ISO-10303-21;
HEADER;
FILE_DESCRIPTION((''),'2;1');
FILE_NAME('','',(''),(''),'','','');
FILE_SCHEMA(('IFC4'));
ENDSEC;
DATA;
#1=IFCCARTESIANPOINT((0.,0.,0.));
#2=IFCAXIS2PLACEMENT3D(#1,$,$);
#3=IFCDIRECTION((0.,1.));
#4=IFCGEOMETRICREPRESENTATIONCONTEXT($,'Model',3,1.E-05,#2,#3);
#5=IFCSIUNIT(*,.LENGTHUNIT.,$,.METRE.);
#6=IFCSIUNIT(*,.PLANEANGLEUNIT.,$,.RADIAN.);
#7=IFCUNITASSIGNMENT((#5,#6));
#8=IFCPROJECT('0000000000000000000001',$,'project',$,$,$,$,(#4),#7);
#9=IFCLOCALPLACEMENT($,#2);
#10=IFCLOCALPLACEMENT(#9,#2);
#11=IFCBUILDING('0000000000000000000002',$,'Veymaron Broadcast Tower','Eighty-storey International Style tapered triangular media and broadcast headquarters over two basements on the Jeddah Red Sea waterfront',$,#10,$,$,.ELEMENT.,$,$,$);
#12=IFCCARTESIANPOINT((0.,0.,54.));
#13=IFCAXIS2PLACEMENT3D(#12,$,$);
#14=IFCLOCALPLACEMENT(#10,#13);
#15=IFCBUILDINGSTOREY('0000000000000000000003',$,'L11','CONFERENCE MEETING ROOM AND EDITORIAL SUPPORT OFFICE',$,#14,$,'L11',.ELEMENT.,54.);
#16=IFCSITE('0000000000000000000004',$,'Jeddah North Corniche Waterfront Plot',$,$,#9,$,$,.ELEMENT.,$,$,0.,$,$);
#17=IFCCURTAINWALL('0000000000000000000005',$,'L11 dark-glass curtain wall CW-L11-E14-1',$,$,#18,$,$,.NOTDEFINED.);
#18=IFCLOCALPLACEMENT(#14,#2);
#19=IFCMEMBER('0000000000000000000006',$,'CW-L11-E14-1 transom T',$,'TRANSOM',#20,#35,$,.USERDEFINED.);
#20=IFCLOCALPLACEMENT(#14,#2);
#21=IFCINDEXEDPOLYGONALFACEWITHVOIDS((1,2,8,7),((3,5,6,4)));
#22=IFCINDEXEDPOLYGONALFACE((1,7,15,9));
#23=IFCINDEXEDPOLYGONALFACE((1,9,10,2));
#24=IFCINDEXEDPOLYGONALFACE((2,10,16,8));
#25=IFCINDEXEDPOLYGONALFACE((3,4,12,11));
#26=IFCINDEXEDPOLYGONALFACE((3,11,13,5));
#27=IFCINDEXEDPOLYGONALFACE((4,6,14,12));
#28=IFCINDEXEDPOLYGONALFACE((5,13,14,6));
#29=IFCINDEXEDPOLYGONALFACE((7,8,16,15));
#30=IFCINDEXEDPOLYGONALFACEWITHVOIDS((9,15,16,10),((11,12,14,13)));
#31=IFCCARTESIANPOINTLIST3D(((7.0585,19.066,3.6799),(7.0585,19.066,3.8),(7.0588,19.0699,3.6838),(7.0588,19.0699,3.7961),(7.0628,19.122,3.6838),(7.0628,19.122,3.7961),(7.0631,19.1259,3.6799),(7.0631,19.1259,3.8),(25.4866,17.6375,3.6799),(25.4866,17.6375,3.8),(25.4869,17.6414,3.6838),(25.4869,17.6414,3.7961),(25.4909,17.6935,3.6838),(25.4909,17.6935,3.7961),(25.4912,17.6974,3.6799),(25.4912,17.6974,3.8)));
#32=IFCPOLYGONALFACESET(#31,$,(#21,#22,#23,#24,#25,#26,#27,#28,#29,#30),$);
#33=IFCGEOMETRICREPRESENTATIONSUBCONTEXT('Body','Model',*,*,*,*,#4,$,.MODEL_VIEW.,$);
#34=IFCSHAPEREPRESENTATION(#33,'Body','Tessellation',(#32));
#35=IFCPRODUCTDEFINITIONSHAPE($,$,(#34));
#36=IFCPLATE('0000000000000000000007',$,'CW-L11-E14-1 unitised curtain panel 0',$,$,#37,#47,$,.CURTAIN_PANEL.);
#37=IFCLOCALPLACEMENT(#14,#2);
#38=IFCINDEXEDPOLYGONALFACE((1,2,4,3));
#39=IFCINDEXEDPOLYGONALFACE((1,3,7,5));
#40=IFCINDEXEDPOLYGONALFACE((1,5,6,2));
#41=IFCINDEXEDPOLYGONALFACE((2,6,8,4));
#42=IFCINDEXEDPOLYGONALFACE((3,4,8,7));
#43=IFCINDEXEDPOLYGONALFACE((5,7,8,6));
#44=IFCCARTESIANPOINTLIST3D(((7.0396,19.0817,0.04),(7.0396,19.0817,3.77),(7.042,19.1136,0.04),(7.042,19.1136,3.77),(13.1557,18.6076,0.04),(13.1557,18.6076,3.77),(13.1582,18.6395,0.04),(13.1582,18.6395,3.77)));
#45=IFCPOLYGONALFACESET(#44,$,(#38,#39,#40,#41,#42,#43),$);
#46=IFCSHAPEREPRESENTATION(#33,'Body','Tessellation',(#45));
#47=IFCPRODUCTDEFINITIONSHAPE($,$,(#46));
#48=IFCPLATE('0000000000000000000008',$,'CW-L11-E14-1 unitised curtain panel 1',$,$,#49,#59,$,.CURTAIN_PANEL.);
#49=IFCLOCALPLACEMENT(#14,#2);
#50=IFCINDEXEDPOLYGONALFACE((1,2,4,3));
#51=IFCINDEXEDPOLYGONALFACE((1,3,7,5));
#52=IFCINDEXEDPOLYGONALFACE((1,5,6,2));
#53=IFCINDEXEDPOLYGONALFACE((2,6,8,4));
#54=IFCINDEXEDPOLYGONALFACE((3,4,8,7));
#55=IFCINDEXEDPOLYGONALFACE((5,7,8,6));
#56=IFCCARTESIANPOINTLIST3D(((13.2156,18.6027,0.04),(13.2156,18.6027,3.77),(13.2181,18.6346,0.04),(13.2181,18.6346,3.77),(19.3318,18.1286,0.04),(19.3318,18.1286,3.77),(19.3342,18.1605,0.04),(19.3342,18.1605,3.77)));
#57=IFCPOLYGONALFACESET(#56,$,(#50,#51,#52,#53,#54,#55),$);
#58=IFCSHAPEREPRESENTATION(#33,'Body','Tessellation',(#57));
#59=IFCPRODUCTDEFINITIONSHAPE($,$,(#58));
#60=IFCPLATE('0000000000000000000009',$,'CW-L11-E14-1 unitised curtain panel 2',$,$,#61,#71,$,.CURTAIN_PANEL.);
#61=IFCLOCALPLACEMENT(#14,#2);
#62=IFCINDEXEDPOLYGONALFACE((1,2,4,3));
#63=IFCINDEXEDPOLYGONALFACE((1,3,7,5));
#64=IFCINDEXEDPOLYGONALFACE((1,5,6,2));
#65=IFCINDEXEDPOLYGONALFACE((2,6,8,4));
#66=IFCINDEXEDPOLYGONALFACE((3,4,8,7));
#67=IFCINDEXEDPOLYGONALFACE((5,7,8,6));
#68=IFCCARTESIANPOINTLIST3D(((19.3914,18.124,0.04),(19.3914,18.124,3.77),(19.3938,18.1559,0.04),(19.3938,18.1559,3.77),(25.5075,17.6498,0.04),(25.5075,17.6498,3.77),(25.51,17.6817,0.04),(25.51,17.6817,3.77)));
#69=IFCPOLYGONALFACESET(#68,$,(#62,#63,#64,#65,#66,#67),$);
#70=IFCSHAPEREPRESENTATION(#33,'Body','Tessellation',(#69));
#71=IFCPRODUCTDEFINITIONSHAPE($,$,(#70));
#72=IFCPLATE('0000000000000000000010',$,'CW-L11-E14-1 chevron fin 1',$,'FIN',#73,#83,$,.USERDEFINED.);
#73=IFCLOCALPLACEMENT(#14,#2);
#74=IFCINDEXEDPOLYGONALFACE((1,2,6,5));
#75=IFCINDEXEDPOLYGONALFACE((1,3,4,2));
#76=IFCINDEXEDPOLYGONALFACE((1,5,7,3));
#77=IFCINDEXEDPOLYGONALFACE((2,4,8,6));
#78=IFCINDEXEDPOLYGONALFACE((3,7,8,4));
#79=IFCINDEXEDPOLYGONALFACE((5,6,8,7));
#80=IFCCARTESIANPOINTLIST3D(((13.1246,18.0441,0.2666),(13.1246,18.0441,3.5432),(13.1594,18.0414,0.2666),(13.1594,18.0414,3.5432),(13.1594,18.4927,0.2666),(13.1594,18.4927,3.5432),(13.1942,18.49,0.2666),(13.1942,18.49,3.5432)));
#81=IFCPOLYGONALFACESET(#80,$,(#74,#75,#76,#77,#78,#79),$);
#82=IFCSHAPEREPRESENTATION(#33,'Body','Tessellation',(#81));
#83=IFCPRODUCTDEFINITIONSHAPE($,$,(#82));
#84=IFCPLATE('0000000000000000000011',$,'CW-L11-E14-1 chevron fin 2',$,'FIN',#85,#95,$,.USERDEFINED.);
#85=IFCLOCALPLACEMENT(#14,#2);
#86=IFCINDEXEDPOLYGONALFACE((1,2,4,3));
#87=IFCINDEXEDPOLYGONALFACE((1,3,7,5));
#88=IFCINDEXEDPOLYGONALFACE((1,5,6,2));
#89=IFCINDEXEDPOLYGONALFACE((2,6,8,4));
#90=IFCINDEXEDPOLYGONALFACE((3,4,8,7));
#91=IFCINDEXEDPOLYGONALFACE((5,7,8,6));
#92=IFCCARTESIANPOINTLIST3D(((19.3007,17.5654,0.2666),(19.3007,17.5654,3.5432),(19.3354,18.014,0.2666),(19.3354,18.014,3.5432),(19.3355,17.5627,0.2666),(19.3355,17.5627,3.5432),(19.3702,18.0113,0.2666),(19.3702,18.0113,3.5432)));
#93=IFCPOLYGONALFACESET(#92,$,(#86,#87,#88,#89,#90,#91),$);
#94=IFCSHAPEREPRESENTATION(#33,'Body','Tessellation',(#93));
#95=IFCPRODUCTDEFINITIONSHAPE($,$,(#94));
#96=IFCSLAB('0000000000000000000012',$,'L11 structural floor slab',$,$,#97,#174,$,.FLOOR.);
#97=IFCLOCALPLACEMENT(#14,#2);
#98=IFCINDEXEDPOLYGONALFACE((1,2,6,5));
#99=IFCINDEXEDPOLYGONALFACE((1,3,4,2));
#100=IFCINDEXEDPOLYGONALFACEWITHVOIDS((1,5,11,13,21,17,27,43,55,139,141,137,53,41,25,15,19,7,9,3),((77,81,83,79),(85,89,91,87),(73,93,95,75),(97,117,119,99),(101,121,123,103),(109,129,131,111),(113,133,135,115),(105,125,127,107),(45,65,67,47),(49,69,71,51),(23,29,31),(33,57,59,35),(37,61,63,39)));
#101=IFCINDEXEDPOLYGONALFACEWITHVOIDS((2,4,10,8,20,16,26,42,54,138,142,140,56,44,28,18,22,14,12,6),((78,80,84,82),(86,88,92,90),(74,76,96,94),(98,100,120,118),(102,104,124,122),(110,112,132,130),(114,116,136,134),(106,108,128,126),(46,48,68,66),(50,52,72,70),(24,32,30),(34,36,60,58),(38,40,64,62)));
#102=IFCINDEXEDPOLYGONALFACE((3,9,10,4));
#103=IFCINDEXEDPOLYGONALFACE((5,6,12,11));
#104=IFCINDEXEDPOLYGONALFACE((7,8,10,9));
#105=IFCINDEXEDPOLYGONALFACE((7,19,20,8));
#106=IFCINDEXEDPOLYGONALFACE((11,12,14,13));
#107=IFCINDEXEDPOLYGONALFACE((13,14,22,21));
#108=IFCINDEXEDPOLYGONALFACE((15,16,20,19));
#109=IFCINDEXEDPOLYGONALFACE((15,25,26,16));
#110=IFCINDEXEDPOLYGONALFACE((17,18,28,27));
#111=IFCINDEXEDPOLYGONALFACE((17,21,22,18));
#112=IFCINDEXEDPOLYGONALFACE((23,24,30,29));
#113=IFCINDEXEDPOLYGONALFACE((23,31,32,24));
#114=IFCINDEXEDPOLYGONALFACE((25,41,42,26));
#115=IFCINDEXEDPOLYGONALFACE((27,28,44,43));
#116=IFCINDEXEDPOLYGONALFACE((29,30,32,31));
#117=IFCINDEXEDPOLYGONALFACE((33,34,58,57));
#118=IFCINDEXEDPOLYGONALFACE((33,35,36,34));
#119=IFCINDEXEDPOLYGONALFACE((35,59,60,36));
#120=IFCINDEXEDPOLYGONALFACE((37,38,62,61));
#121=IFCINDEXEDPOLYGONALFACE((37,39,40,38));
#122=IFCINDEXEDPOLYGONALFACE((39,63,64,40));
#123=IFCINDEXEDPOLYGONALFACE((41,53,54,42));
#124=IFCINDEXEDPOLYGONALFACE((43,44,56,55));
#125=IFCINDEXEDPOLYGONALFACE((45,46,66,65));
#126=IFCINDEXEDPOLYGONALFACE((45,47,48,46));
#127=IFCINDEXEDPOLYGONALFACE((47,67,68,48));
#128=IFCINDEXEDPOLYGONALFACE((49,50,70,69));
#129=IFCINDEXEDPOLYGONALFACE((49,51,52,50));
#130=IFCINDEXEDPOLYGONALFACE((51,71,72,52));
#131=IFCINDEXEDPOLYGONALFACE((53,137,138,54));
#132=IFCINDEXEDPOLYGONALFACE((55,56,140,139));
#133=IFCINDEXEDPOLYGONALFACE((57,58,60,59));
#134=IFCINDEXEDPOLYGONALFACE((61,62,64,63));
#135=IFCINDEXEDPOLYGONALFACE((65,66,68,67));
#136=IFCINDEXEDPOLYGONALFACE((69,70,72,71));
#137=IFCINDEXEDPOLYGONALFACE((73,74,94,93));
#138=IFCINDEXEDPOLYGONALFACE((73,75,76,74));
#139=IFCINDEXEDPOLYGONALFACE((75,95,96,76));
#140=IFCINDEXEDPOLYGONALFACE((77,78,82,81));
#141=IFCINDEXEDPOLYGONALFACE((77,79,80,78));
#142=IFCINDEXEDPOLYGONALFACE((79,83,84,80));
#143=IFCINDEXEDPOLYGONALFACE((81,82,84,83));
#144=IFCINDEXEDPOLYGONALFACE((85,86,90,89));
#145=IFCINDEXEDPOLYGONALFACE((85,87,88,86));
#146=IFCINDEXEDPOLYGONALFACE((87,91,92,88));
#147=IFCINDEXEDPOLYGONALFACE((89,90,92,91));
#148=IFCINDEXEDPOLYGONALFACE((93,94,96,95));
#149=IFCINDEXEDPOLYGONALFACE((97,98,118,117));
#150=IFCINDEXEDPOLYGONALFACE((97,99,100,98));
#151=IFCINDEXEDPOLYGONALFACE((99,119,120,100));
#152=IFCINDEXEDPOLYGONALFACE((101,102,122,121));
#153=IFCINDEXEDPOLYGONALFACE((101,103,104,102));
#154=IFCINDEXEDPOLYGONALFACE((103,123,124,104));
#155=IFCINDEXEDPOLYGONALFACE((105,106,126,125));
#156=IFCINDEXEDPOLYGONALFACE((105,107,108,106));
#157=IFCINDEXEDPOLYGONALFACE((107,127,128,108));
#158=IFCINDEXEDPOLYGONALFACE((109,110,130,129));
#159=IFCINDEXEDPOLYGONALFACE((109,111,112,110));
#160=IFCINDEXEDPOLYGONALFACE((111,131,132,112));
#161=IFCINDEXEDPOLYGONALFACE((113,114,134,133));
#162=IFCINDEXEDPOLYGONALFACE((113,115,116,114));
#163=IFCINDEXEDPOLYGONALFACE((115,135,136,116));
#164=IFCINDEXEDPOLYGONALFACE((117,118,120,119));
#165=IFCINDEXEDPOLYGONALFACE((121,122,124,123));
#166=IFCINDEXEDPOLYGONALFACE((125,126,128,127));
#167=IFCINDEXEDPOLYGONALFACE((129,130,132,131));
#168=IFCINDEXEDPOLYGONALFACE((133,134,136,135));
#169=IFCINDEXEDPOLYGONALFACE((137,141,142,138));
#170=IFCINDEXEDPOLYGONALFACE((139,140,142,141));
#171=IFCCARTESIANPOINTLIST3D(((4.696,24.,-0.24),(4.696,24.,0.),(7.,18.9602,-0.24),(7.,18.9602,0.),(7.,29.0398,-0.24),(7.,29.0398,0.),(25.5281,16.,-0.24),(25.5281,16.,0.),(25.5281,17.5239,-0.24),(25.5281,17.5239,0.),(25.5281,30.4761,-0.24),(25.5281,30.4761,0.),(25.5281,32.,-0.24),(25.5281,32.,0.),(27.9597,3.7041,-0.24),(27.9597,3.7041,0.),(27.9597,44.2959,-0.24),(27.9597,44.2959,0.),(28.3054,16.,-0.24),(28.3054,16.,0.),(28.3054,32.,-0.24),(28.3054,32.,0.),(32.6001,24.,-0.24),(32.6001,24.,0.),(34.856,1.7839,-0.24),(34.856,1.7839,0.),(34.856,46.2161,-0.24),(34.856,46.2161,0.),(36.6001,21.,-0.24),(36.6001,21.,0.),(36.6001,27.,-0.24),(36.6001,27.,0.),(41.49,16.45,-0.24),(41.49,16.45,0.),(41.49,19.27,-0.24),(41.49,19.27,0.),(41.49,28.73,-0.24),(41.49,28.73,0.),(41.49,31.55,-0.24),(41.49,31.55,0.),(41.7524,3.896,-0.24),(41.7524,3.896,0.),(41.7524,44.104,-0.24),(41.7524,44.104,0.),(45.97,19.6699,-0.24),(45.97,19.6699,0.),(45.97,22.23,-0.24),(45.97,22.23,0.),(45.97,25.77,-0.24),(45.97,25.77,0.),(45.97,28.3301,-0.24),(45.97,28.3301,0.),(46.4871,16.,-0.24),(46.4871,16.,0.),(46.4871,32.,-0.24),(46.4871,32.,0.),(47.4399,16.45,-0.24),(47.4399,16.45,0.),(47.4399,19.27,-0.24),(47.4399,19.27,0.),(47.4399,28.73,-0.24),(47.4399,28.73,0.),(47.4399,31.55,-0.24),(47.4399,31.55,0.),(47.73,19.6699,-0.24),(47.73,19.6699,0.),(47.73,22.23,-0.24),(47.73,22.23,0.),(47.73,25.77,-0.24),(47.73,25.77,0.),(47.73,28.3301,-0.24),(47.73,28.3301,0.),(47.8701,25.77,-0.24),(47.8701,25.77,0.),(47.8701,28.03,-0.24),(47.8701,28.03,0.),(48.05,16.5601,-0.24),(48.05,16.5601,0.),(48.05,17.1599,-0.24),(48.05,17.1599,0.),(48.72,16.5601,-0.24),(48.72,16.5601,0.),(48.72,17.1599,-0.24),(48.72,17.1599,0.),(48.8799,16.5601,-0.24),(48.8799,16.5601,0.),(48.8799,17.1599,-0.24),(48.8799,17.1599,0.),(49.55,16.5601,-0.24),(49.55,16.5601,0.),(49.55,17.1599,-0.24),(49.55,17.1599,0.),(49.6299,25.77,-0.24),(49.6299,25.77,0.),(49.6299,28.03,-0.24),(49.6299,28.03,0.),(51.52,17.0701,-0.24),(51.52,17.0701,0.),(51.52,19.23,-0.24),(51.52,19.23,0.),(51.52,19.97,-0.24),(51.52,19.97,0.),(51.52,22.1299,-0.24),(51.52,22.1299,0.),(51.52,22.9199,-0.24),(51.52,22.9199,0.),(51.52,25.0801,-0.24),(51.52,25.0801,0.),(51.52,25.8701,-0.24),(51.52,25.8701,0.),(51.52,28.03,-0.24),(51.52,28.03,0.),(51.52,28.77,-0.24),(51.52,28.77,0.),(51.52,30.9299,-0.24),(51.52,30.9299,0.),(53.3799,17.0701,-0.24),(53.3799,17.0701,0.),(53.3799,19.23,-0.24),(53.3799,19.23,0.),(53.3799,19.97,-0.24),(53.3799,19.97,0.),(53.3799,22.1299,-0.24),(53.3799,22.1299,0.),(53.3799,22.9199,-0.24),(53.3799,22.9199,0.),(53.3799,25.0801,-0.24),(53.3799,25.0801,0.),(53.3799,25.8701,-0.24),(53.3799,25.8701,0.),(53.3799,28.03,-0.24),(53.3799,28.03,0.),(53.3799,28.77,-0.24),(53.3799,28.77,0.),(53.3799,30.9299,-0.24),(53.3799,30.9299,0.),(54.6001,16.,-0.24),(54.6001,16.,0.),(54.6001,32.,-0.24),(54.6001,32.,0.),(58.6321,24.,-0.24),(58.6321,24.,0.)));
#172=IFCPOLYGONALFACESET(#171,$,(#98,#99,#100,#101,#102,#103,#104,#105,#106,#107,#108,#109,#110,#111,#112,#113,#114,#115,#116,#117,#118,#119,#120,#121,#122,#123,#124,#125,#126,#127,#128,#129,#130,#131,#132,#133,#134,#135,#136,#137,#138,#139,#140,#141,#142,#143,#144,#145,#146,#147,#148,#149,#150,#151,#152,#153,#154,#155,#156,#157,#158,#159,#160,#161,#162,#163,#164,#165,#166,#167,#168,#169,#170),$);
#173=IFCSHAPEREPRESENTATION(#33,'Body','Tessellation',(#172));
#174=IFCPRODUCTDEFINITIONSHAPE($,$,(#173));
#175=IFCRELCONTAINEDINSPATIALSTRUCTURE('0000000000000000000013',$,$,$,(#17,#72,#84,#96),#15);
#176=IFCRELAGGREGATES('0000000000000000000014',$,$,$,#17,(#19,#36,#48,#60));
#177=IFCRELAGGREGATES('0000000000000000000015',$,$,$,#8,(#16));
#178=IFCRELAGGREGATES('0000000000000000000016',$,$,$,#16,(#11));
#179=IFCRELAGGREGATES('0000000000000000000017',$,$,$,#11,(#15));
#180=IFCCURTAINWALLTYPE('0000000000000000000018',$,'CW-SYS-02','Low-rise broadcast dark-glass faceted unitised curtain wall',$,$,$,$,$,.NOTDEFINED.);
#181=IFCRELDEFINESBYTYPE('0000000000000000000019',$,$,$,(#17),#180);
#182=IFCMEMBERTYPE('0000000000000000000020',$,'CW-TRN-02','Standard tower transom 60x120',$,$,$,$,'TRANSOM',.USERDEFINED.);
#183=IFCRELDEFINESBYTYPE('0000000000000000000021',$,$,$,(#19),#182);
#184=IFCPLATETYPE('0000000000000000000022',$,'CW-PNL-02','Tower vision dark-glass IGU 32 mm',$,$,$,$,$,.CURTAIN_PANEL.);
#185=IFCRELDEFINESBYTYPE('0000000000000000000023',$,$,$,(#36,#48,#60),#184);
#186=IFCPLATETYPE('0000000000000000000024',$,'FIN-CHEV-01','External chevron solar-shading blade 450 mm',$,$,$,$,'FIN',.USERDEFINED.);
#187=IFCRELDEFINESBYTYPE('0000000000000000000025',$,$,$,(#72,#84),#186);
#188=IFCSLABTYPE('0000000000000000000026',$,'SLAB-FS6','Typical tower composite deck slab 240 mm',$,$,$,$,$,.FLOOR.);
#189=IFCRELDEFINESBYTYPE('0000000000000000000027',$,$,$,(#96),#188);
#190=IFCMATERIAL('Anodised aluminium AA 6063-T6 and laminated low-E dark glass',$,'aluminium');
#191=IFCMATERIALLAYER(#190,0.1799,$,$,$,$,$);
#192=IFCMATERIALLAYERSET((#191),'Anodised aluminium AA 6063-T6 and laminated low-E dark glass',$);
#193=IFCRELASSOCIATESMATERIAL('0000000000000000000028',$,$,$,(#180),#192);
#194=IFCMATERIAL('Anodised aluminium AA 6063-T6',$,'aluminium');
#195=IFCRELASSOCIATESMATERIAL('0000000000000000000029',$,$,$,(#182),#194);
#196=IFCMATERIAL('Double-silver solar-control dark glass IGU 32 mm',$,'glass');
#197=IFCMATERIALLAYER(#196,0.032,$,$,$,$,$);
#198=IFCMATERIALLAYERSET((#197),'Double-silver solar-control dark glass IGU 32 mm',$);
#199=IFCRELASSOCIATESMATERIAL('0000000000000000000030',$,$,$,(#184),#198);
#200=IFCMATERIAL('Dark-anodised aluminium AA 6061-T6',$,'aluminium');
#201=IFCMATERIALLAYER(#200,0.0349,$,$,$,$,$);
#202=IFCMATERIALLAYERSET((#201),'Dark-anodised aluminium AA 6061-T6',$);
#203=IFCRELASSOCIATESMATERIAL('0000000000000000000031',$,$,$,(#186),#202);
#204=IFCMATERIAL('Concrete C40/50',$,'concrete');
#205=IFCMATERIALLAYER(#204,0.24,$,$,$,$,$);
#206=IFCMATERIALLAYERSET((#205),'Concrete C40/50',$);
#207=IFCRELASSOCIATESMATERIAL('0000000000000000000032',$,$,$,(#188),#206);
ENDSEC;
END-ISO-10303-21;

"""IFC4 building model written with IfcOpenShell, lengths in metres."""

from ifc_helpers import new_model, si_unit, direction, frame, origin, origin_2d, place, context, subcontext, project, spatial, polyline, rectangle, hollow_rectangle, outline, extrude, material, layer, layer_set, material_profile, profile_set, type_object, element, aggregate, save


model = new_model("IFC4")

# Units and contexts
model_context = context("Model", 3, precision=1e-05, world=origin(), true_north=direction((0.0, 1.0)))
body_context = subcontext(model_context, "Body", "Model", "MODEL_VIEW")
ifc_project = project(units=[si_unit("LENGTHUNIT", "METRE"), si_unit("PLANEANGLEUNIT", "RADIAN")], contexts=[model_context])

# Site, building, storey
site_placement = place(None, origin())
site = spatial("IfcSite", under=ifc_project, at=site_placement, Name="Jeddah North Corniche Waterfront Plot", CompositionType="ELEMENT", RefElevation=0.0)
building_placement = place(site_placement, origin())
building = spatial("IfcBuilding", under=site, at=building_placement, Name="Veymaron Broadcast Tower", Description="Eighty-storey International Style tapered triangular media and broadcast headquarters over two basements on the Jeddah Red Sea waterfront", CompositionType="ELEMENT")
storey_placement = place(building_placement, frame((0.0, 0.0, 54.0)))
storey = spatial("IfcBuildingStorey", under=building, at=storey_placement, Name="L11", Description="CONFERENCE MEETING ROOM AND EDITORIAL SUPPORT OFFICE", LongName="L11", CompositionType="ELEMENT", Elevation=54.0)

# Curtain wall, member, plates
ifc_material_1 = material(Name="Anodised aluminium AA 6063-T6 and laminated low-E dark glass", Category="aluminium")
ifc_layer_1 = layer(ifc_material_1, 0.1799)
ifc_layer_set_1 = layer_set([ifc_layer_1], Name="Anodised aluminium AA 6063-T6 and laminated low-E dark glass")
curtain_wall_type = type_object("IfcCurtainWallType", Name="CW-SYS-02", Description="Low-rise broadcast dark-glass faceted unitised curtain wall", PredefinedType="NOTDEFINED", material=ifc_layer_set_1)
curtain_wall_placement = place(storey_placement, origin())
curtain_wall = element("IfcCurtainWall", 1, at=curtain_wall_placement, inside=storey, type_object=curtain_wall_type, Name="L11 dark-glass curtain wall CW-L11-E14-1", PredefinedType="NOTDEFINED")
ifc_material_2 = material(Name="Anodised aluminium AA 6063-T6", Category="aluminium")
ifc_material_profile_1 = material_profile(ifc_material_2, hollow_rectangle(XDim=0.0601, YDim=0.1201, WallThickness=0.0039, at=origin_2d()), Name="AL120X60X4")
ifc_profile_set_1 = profile_set([ifc_material_profile_1], Name="Anodised aluminium AA 6063-T6")
member_type_1 = type_object("IfcMemberType", Name="CW-TRN-02", Description="Standard tower transom 60x120", ElementType="TRANSOM", PredefinedType="USERDEFINED", material=ifc_profile_set_1)
member_1_placement = place(storey_placement, frame((7.0608, 19.0959, 3.74), z_axis=(0.997009, -0.077283, 0.0), x_axis=(0.077283, 0.997009, 0.0)))
member_1 = element("IfcMember", 2, at=member_1_placement, type_object=member_type_1, Name="CW-L11-E14-1 transom T", ObjectType="TRANSOM", PredefinedType="USERDEFINED", context=body_context, shape_type="SweptSolid", body=[
    extrude(hollow_rectangle(XDim=0.0601, YDim=0.1201, WallThickness=0.0039, at=origin_2d()), origin(), (0.0, 0.0, 1.0), 18.4834),
])
ifc_material_3 = material(Name="Double-silver solar-control dark glass IGU 32 mm", Category="glass")
ifc_layer_2 = layer(ifc_material_3, 0.032)
ifc_layer_set_2 = layer_set([ifc_layer_2], Name="Double-silver solar-control dark glass IGU 32 mm")
plate_type_1 = type_object("IfcPlateType", Name="CW-PNL-02", Description="Tower vision dark-glass IGU 32 mm", PredefinedType="CURTAIN_PANEL", material=ifc_layer_set_2)
plate_1_placement = place(storey_placement, frame((10.0989, 18.8606, 0.04), z_axis=(0.0, 0.0, 1.0), x_axis=(0.997008, -0.077293, 0.0)))
plate_1 = element("IfcPlate", 3, at=plate_1_placement, type_object=plate_type_1, Name="CW-L11-E14-1 unitised curtain panel 0", PredefinedType="CURTAIN_PANEL", context=body_context, shape_type="SweptSolid", body=[
    extrude(rectangle(XDim=6.1345, YDim=0.032, at=origin_2d()), origin(), (0.0, 0.0, 1.0), 3.73),
])
plate_2_placement = place(storey_placement, frame((16.2749, 18.3816, 0.04), z_axis=(0.0, 0.0, 1.0), x_axis=(0.997008, -0.077293, 0.0)))
plate_2 = element("IfcPlate", 4, at=plate_2_placement, type_object=plate_type_1, Name="CW-L11-E14-1 unitised curtain panel 1", PredefinedType="CURTAIN_PANEL", context=body_context, shape_type="SweptSolid", body=[
    extrude(rectangle(XDim=6.1345, YDim=0.032, at=origin_2d()), origin(), (0.0, 0.0, 1.0), 3.73),
])
plate_3_placement = place(storey_placement, frame((22.4507, 17.9028, 0.04), z_axis=(0.0, 0.0, 1.0), x_axis=(0.997008, -0.077293, 0.0)))
plate_3 = element("IfcPlate", 5, at=plate_3_placement, type_object=plate_type_1, Name="CW-L11-E14-1 unitised curtain panel 2", PredefinedType="CURTAIN_PANEL", context=body_context, shape_type="SweptSolid", body=[
    extrude(rectangle(XDim=6.1345, YDim=0.032, at=origin_2d()), origin(), (0.0, 0.0, 1.0), 3.73),
])
aggregate(curtain_wall, [member_1, plate_1, plate_2, plate_3])

# Plates
ifc_material_4 = material(Name="Dark-anodised aluminium AA 6061-T6", Category="aluminium")
ifc_layer_3 = layer(ifc_material_4, 0.0349)
ifc_layer_set_3 = layer_set([ifc_layer_3], Name="Dark-anodised aluminium AA 6061-T6")
plate_type_2 = type_object("IfcPlateType", Name="FIN-CHEV-01", Description="External chevron solar-shading blade 450 mm", ElementType="FIN", PredefinedType="USERDEFINED", material=ifc_layer_set_3)
for number, where, z_axis, x_axis, name in (
    (6, (13.1594, 18.2671, 0.2666), (0.0, 0.0, 1.0), (-0.077293, -0.997008, 0.0), "CW-L11-E14-1 chevron fin 1"),
    (7, (19.3354, 17.7883, 0.2666), (0.0, 0.0, 1.0), (-0.077293, -0.997008, 0.0), "CW-L11-E14-1 chevron fin 2"),
):
    element("IfcPlate", number, at=place(storey_placement, frame(where, z_axis=z_axis, x_axis=x_axis)), inside=storey, type_object=plate_type_2, Name=name, ObjectType="FIN", PredefinedType="USERDEFINED", context=body_context, shape_type="SweptSolid", body=[
        extrude(rectangle(XDim=0.45, YDim=0.0349, at=origin_2d()), origin(), (0.0, 0.0, 1.0), 3.2766),
    ])

# Slab
ifc_material_5 = material(Name="Concrete C40/50", Category="concrete")
ifc_layer_4 = layer(ifc_material_5, 0.24)
ifc_layer_set_4 = layer_set([ifc_layer_4], Name="Concrete C40/50")
slab_type_1 = type_object("IfcSlabType", Name="SLAB-FS6", Description="Typical tower composite deck slab 240 mm", PredefinedType="FLOOR", material=ifc_layer_set_4)
slab_1_placement = place(storey_placement, frame((0.0, 0.0, -0.24)))
element("IfcSlab", 8, at=slab_1_placement, inside=storey, type_object=slab_type_1, Name="L11 structural floor slab", PredefinedType="FLOOR", context=body_context, shape_type="SweptSolid", body=[
    extrude(outline(polyline([(46.4871, 16.0), (54.6001, 16.0), (58.6321, 24.0), (54.6001, 32.0), (46.4871, 32.0), (41.7524, 44.104), (34.856, 46.2161), (27.9597, 44.2959), (28.3054, 32.0), (25.5281, 32.0), (25.5281, 30.4761), (7.0, 29.0398), (4.696, 24.0), (7.0, 18.9602), (25.5281, 17.5239), (25.5281, 16.0), (28.3054, 16.0), (27.9597, 3.7041), (34.856, 1.7839), (41.7524, 3.896), (46.4871, 16.0)]), holes=[polyline([(45.97, 28.3301), (47.73, 28.3301), (47.73, 25.77), (45.97, 25.77), (45.97, 28.3301)]), polyline([(45.97, 22.23), (47.73, 22.23), (47.73, 19.6699), (45.97, 19.6699), (45.97, 22.23)]), polyline([(47.8701, 28.03), (49.6299, 28.03), (49.6299, 25.77), (47.8701, 25.77), (47.8701, 28.03)]), polyline([(51.52, 30.9299), (53.3799, 30.9299), (53.3799, 28.77), (51.52, 28.77), (51.52, 30.9299)]), polyline([(51.52, 28.03), (53.3799, 28.03), (53.3799, 25.8701), (51.52, 25.8701), (51.52, 28.03)]), polyline([(51.52, 22.1299), (53.3799, 22.1299), (53.3799, 19.97), (51.52, 19.97), (51.52, 22.1299)]), polyline([(51.52, 25.0801), (53.3799, 25.0801), (53.3799, 22.9199), (51.52, 22.9199), (51.52, 25.0801)]), polyline([(51.52, 19.23), (53.3799, 19.23), (53.3799, 17.0701), (51.52, 17.0701), (51.52, 19.23)]), polyline([(48.05, 17.1599), (48.72, 17.1599), (48.72, 16.5601), (48.05, 16.5601), (48.05, 17.1599)]), polyline([(48.8799, 17.1599), (49.55, 17.1599), (49.55, 16.5601), (48.8799, 16.5601), (48.8799, 17.1599)]), polyline([(36.6001, 27.0), (36.6001, 21.0), (32.6001, 24.0), (36.6001, 27.0)]), polyline([(41.49, 31.55), (47.4399, 31.55), (47.4399, 28.73), (41.49, 28.73), (41.49, 31.55)]), polyline([(41.49, 19.27), (47.4399, 19.27), (47.4399, 16.45), (41.49, 16.45), (41.49, 19.27)])]), origin(), (0.0, 0.0, 1.0), 0.24),
])

save(model, "model.ifc")
